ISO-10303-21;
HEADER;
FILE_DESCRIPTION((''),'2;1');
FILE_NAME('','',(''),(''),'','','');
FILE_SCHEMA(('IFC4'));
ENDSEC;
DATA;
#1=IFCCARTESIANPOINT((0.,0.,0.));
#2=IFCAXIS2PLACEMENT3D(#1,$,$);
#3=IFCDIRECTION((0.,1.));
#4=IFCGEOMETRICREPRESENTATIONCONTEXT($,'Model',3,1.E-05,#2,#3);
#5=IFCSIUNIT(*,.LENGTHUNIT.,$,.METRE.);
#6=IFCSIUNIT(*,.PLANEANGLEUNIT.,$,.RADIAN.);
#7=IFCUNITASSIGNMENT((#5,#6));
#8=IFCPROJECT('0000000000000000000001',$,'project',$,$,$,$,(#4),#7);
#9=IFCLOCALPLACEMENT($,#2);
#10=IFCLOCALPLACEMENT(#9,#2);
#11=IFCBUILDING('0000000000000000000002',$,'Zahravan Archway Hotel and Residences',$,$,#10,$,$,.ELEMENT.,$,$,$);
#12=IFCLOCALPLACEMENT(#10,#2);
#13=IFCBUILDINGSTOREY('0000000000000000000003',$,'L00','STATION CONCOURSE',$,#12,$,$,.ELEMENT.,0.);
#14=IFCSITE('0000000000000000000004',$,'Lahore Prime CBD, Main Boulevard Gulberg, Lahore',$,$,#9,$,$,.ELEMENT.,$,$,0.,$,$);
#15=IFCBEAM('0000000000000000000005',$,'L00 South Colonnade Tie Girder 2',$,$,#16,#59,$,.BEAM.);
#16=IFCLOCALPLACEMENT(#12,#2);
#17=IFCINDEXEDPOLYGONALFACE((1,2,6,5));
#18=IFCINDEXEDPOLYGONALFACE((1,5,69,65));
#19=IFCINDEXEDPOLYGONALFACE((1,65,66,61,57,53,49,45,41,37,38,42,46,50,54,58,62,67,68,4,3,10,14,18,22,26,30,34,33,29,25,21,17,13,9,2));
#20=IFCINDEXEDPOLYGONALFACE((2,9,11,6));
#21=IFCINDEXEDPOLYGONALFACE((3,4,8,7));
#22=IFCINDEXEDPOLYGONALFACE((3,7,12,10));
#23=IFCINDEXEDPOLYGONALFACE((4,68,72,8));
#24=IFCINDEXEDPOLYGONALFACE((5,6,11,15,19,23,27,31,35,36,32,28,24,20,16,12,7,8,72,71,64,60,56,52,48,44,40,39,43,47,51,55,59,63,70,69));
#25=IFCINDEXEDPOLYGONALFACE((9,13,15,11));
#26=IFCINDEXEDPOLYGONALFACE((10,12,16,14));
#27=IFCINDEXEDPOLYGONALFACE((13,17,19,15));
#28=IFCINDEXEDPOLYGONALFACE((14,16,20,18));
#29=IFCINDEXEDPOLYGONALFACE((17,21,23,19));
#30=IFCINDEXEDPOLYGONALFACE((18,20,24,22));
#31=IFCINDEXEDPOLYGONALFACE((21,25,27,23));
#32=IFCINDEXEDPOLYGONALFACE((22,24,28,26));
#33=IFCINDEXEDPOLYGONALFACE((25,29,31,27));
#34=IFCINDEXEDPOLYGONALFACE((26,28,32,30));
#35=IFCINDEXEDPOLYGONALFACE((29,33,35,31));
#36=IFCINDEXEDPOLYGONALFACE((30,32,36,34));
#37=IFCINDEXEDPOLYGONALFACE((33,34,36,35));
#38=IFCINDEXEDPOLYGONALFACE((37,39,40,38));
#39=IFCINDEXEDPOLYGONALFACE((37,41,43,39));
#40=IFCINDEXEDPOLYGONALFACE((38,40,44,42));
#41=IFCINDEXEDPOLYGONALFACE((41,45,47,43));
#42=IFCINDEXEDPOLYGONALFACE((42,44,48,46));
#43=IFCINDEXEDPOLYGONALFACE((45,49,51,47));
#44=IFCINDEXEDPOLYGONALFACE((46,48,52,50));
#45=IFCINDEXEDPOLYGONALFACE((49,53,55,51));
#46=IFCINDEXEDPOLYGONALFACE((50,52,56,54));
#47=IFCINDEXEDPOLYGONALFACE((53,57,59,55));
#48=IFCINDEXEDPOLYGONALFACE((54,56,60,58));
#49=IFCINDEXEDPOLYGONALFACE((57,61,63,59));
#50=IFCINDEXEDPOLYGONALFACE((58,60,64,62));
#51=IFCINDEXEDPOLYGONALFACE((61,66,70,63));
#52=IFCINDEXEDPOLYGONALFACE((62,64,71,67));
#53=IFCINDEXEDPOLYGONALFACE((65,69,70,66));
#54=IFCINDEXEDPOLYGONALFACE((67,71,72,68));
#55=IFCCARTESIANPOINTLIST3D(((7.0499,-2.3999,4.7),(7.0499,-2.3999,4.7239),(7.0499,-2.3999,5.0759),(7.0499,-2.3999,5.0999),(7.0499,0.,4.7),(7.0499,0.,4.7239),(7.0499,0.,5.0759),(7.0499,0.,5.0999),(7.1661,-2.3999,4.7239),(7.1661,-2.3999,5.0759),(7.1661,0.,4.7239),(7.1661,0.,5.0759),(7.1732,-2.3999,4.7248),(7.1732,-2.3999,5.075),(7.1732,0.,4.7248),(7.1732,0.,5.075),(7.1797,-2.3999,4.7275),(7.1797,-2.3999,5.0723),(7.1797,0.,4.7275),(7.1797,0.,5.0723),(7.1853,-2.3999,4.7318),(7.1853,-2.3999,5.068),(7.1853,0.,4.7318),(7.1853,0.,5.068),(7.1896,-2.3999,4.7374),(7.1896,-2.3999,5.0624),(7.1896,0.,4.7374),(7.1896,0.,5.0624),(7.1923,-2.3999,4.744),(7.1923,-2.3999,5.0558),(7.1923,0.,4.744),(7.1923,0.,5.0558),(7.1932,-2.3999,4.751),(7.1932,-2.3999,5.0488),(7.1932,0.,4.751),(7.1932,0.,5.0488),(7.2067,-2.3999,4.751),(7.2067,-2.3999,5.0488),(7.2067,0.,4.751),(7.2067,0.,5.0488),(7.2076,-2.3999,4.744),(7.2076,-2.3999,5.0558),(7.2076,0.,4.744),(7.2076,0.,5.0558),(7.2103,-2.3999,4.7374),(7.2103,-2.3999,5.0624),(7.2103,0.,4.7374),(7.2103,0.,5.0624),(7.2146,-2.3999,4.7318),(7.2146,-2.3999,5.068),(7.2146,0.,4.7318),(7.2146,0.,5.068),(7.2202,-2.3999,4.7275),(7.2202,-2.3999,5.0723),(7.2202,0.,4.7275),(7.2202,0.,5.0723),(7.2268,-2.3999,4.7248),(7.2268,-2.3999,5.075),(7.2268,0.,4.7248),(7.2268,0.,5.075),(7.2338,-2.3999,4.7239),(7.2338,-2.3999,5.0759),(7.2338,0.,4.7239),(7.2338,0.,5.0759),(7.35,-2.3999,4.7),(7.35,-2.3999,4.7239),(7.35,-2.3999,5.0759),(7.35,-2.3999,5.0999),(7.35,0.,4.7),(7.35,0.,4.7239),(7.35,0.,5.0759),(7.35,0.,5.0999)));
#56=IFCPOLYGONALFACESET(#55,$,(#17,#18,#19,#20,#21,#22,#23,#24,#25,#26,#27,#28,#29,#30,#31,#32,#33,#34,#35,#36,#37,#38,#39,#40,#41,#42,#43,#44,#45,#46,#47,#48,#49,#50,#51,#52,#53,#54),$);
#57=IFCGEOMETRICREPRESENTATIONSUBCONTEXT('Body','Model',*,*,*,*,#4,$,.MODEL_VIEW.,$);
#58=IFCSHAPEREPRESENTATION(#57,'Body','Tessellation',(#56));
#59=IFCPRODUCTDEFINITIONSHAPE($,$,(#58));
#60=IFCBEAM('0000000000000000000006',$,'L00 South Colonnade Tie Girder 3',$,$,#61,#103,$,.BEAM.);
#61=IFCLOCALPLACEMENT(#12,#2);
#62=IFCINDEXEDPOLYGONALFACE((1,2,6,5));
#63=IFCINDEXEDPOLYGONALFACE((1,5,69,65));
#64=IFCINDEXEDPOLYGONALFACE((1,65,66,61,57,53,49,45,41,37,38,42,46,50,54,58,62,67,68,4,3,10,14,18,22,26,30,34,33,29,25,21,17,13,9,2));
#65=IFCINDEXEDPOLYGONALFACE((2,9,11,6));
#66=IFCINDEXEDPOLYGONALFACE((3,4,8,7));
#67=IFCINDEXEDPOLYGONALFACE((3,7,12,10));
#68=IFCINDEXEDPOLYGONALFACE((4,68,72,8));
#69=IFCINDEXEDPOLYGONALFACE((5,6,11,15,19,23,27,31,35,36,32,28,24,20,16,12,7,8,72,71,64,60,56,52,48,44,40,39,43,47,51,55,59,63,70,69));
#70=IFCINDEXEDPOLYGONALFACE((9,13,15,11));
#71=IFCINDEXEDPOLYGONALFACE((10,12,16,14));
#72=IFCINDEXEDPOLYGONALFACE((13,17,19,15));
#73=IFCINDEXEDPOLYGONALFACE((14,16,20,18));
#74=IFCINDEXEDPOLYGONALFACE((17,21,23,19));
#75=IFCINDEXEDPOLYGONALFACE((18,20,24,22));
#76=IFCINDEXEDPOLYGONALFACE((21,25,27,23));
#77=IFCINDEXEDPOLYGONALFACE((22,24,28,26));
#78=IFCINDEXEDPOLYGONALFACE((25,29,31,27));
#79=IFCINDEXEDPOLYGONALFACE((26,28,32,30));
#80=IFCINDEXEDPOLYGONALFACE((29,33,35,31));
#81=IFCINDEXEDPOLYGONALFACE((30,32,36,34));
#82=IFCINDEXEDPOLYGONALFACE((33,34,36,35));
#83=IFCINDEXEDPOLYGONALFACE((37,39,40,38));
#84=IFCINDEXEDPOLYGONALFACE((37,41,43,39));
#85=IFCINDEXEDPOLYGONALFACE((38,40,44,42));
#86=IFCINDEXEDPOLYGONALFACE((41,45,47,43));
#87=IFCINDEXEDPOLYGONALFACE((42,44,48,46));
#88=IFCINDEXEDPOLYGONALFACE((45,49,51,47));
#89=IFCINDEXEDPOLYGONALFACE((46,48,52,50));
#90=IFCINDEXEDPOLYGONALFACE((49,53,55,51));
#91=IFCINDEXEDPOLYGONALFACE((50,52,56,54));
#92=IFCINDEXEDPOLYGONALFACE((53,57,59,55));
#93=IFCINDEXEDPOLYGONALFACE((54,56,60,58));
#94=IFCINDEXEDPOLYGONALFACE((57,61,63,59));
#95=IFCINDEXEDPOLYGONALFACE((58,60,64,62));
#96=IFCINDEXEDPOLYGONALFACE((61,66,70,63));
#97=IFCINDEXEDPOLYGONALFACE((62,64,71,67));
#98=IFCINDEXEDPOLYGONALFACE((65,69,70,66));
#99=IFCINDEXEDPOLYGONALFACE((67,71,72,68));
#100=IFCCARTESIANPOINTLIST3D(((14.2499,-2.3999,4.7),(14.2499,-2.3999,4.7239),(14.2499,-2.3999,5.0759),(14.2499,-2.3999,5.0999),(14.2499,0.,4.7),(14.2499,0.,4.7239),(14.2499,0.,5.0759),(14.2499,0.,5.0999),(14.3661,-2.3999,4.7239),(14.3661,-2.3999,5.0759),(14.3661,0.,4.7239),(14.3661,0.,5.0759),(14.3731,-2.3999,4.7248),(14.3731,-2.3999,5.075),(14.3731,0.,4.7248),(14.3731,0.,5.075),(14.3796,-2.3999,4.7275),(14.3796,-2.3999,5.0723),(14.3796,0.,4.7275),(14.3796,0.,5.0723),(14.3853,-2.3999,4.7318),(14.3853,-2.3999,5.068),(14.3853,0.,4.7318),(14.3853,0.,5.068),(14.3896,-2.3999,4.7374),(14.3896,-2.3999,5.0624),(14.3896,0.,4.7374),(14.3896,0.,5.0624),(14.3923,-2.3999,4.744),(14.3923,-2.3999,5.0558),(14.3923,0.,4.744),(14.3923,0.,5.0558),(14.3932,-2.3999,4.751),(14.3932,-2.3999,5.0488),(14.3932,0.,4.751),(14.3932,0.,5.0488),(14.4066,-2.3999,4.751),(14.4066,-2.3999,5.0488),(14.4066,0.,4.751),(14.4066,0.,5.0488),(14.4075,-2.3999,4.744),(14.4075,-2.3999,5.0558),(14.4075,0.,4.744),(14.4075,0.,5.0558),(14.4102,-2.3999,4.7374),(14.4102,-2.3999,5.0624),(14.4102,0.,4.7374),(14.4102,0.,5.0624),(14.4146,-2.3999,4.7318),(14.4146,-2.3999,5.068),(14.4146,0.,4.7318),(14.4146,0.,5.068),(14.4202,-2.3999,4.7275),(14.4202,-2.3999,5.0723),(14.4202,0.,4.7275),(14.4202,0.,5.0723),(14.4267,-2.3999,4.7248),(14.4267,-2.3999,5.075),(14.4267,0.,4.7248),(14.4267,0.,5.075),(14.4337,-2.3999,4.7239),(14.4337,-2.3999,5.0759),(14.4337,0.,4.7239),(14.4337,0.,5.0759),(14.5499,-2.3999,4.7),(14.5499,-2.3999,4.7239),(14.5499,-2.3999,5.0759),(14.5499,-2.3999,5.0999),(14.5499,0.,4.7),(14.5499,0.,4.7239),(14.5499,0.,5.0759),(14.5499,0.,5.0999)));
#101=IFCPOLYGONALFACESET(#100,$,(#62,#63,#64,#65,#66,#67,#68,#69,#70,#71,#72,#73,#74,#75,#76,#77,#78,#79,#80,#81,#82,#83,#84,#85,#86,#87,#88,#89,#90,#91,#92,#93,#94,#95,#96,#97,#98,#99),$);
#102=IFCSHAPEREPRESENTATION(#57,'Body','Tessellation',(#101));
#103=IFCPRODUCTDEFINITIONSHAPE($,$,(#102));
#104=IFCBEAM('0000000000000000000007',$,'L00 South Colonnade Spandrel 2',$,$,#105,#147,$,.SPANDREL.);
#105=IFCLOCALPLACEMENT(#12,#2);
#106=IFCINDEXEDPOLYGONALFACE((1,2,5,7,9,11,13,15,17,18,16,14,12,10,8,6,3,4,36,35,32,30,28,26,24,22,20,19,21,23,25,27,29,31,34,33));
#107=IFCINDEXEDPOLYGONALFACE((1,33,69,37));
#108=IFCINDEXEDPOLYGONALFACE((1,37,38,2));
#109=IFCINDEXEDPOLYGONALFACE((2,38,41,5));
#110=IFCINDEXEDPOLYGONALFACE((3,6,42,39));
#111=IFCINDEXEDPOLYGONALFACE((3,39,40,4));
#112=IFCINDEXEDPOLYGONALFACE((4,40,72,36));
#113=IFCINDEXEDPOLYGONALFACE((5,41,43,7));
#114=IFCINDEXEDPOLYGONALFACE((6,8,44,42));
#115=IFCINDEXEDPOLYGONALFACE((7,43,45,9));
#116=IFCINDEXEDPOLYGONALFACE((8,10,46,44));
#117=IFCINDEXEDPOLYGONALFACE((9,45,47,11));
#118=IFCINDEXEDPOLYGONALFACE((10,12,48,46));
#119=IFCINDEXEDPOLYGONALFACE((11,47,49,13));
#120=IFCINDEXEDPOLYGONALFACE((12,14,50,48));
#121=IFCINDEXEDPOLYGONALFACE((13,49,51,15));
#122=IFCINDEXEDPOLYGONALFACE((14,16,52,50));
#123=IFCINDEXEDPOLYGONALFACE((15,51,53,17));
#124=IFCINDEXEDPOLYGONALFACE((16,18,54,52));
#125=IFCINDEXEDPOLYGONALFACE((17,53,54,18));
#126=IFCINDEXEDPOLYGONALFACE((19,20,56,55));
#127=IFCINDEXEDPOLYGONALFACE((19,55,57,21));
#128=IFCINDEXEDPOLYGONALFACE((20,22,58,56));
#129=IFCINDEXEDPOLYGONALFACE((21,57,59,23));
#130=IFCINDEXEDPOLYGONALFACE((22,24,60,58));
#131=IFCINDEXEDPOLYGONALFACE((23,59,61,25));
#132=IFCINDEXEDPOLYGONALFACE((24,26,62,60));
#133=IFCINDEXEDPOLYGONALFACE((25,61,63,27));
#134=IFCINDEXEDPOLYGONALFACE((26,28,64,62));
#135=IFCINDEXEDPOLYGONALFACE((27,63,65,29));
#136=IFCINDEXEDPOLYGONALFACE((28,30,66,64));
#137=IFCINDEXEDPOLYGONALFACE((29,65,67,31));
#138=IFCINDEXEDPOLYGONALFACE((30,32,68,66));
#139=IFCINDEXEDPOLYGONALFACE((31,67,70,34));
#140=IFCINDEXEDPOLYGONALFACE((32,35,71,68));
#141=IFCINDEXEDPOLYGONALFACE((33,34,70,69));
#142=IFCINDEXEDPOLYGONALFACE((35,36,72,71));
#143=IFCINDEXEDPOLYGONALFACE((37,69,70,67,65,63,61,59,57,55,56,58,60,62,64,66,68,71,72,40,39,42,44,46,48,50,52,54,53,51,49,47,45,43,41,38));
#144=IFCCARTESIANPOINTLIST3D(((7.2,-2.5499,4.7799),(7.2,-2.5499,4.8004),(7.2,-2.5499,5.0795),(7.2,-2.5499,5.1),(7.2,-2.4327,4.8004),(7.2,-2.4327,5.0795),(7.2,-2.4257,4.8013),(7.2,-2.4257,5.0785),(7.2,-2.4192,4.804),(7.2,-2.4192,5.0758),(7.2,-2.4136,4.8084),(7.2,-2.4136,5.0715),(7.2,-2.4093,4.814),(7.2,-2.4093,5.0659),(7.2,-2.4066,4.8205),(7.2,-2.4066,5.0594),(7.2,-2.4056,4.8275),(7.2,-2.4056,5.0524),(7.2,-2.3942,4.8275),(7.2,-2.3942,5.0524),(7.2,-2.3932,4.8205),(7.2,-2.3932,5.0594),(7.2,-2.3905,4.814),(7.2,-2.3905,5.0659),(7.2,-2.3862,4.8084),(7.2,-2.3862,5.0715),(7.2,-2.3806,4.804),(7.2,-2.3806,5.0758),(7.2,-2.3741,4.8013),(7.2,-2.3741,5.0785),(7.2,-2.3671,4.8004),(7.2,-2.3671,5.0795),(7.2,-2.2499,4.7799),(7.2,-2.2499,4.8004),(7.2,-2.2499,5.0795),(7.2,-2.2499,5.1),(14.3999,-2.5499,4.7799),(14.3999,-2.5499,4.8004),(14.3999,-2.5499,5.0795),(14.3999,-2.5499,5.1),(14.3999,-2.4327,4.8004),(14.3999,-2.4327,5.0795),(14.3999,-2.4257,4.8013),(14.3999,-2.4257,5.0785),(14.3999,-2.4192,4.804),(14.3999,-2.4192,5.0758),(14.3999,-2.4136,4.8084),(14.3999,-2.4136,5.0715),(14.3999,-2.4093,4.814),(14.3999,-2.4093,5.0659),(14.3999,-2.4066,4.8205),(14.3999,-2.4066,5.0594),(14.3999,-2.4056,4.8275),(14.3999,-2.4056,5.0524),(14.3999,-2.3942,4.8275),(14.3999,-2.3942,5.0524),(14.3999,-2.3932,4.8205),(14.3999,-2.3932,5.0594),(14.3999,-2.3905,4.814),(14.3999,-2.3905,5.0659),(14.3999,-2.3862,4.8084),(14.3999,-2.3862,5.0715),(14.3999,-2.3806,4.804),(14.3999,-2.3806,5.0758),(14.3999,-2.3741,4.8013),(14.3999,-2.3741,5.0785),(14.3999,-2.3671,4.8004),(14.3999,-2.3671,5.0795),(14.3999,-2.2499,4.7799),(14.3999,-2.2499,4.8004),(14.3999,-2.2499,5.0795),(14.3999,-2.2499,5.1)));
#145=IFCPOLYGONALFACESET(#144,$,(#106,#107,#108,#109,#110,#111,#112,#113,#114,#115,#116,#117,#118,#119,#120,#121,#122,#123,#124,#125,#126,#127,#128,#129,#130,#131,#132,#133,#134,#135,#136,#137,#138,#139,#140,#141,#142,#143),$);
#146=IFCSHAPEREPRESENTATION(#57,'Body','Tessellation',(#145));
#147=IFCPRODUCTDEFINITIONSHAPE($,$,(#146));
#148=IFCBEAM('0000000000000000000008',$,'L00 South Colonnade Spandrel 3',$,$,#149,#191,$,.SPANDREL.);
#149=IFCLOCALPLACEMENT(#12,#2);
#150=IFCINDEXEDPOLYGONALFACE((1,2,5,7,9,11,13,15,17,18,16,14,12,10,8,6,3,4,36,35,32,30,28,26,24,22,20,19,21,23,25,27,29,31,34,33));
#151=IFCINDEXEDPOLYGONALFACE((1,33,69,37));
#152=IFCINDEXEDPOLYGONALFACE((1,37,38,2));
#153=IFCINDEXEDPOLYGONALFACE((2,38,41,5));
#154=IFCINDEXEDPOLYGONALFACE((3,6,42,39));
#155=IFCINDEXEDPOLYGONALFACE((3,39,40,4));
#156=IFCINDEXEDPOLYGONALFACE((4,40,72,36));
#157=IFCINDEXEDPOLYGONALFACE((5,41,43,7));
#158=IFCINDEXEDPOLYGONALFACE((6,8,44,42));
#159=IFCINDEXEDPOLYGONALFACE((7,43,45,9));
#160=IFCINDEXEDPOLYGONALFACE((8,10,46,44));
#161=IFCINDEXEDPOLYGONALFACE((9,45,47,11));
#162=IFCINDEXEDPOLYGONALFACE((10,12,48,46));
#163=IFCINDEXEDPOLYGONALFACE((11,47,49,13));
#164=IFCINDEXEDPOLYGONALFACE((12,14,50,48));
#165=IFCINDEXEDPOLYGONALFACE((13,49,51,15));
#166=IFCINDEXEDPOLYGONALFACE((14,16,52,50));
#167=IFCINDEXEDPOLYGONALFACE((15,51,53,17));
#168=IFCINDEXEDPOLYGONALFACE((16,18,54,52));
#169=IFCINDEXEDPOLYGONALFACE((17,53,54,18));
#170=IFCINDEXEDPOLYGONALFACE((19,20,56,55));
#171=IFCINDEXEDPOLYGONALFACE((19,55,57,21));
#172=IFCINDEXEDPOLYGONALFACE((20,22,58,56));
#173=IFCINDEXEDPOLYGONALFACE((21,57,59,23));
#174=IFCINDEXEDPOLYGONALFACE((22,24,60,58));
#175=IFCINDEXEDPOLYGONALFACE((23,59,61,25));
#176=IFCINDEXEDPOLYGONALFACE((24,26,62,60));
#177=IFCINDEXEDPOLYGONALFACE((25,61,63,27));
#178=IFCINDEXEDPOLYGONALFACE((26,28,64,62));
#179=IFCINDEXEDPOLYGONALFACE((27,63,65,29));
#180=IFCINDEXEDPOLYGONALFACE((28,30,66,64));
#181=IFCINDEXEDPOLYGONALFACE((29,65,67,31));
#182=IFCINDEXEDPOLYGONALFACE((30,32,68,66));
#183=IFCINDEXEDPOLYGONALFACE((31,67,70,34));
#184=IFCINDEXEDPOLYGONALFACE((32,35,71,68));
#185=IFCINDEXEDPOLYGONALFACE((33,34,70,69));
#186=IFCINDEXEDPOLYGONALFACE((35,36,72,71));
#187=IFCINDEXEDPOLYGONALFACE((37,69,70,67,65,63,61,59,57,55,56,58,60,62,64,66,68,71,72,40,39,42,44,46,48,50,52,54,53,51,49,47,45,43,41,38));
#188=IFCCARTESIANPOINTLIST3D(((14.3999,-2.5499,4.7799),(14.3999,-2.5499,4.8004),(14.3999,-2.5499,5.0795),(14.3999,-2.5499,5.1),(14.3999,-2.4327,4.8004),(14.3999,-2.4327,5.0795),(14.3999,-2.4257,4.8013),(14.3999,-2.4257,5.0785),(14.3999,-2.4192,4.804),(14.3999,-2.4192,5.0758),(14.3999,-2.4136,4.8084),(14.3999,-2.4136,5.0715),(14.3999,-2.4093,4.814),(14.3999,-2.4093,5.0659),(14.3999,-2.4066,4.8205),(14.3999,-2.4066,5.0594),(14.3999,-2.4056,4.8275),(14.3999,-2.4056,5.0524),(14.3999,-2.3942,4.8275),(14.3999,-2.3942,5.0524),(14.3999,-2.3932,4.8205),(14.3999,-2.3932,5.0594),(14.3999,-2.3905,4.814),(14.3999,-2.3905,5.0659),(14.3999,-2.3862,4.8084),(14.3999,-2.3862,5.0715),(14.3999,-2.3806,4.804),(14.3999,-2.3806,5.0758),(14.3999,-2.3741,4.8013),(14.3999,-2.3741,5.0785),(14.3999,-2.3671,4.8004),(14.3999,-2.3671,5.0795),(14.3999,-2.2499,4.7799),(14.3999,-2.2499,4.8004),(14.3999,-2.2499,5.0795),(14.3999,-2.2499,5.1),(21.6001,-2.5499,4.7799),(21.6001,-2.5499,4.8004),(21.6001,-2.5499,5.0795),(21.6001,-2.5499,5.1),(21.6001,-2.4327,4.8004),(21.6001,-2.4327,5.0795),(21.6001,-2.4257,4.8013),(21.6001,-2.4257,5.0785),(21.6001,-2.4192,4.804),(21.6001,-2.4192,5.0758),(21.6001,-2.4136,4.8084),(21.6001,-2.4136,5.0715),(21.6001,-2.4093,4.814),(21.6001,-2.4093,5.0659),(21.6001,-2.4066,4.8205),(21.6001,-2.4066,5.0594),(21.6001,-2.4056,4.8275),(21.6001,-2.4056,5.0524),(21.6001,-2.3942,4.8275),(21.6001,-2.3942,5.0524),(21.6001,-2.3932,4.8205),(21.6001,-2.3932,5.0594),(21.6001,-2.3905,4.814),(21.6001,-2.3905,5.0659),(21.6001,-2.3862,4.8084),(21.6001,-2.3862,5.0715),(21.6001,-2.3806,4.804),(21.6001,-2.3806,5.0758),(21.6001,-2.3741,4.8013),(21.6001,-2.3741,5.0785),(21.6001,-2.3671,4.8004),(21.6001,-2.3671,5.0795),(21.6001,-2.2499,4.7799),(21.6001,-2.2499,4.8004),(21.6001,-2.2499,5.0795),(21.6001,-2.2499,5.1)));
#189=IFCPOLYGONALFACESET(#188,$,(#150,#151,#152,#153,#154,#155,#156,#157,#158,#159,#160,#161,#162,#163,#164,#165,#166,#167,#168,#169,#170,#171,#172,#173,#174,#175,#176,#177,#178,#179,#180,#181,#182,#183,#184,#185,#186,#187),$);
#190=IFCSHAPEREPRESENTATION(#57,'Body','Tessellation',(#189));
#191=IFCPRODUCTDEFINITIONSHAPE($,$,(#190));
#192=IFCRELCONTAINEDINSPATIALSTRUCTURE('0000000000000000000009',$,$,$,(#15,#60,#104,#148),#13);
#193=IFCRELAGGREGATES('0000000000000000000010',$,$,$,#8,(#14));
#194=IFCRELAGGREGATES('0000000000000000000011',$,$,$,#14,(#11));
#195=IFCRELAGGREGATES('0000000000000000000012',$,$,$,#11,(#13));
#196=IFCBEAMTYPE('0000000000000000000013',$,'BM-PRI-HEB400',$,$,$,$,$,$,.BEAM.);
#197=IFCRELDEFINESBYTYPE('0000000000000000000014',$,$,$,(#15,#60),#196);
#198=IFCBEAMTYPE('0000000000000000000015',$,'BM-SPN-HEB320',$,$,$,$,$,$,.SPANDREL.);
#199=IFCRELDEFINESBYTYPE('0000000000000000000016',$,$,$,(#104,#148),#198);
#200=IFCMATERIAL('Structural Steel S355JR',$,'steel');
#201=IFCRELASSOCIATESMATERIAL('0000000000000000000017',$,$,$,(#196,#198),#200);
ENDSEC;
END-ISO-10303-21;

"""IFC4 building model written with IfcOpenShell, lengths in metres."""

from ifc_helpers import new_model, si_unit, direction, frame, origin, origin_2d, place, context, subcontext, project, spatial, i_section, extrude, source, transform, mapped, material, material_profile, profile_set, type_object, type_shapes, element, save


model = new_model("IFC4")

# Units and contexts
model_context = context("Model", 3, precision=1e-05, world=origin(), true_north=direction((0.0, 1.0)))
body_context = subcontext(model_context, "Body", "Model", "MODEL_VIEW")
ifc_project = project(units=[si_unit("LENGTHUNIT", "METRE"), si_unit("PLANEANGLEUNIT", "RADIAN")], contexts=[model_context])

# Site, building, storey
site_placement = place(None, origin())
site = spatial("IfcSite", under=ifc_project, at=site_placement, Name="Lahore Prime CBD, Main Boulevard Gulberg, Lahore", CompositionType="ELEMENT", RefElevation=0.0)
building_placement = place(site_placement, origin())
building = spatial("IfcBuilding", under=site, at=building_placement, Name="Zahravan Archway Hotel and Residences", CompositionType="ELEMENT")
storey_placement = place(building_placement, origin())
storey = spatial("IfcBuildingStorey", under=building, at=storey_placement, Name="L00", Description="STATION CONCOURSE", CompositionType="ELEMENT", Elevation=0.0)

# Beams
ifc_material_1 = material(Name="Structural Steel S355JR", Category="steel")
ifc_material_profile_1 = material_profile(ifc_material_1, i_section(OverallWidth=0.3, OverallDepth=0.3999, WebThickness=0.0134, FlangeThickness=0.0239, FilletRadius=0.0271, at=origin_2d()), Name="HEB 400", Category="steel")
ifc_profile_set_1 = profile_set([ifc_material_profile_1], Name="Structural Steel S355JR")
beam_type_1 = type_object("IfcBeamType", Name="BM-PRI-HEB400", PredefinedType="BEAM", material=ifc_profile_set_1)
shared_shape_1 = source(origin(), body_context, "Body", "SweptSolid", [
    extrude(i_section(OverallWidth=0.3, OverallDepth=0.3999, WebThickness=0.0134, FlangeThickness=0.0239, FilletRadius=0.0271, at=origin_2d()), origin(), (0.0, 0.0, 1.0), 2.3999),
])
for number, where, z_axis, x_axis, name in (
    (1, (7.2, -2.3999, 4.8999), (0.0, 1.0, 0.0), (-1.0, 0.0, 0.0), "L00 South Colonnade Tie Girder 2"),
    (2, (14.3999, -2.3999, 4.8999), (0.0, 1.0, 0.0), (-1.0, 0.0, 0.0), "L00 South Colonnade Tie Girder 3"),
):
    element("IfcBeam", number, at=place(storey_placement, frame(where, z_axis=z_axis, x_axis=x_axis)), inside=storey, type_object=beam_type_1, Name=name, PredefinedType="BEAM", context=body_context, shape_type="MappedRepresentation", body=[
        mapped(shared_shape_1, transform((0.0, 0.0, 0.0), scale=1.0)),
    ])
ifc_material_profile_2 = material_profile(ifc_material_1, i_section(OverallWidth=0.3, OverallDepth=0.3201, WebThickness=0.0115, FlangeThickness=0.0205, FilletRadius=0.0271, at=origin_2d()), Name="HEB 320", Category="steel")
ifc_profile_set_2 = profile_set([ifc_material_profile_2], Name="Structural Steel S355JR")
beam_type_2 = type_object("IfcBeamType", Name="BM-SPN-HEB320", PredefinedType="SPANDREL", material=ifc_profile_set_2)
shared_shape_2 = source(origin(), body_context, "Body", "SweptSolid", [
    extrude(i_section(OverallWidth=0.3, OverallDepth=0.3201, WebThickness=0.0115, FlangeThickness=0.0205, FilletRadius=0.0271, at=origin_2d()), origin(), (0.0, 0.0, 1.0), 7.2),
])
type_shapes(beam_type_2, [shared_shape_2])
beam_1_placement = place(storey_placement, frame((7.2, -2.3999, 4.9399), z_axis=(1.0, 0.0, 0.0), x_axis=(0.0, 1.0, 0.0)))
element("IfcBeam", 3, at=beam_1_placement, inside=storey, type_object=beam_type_2, Name="L00 South Colonnade Spandrel 2", PredefinedType="SPANDREL", context=body_context, shape_type="MappedRepresentation", body=[
    mapped(shared_shape_2, transform((0.0, 0.0, 0.0), scale=1.0)),
])
shared_shape_3 = source(origin(), body_context, "Body", "SweptSolid", [
    extrude(i_section(OverallWidth=0.3, OverallDepth=0.3201, WebThickness=0.0115, FlangeThickness=0.0205, FilletRadius=0.0271, at=origin_2d()), origin(), (0.0, 0.0, 1.0), 7.2002),
])
beam_2_placement = place(storey_placement, frame((14.3999, -2.3999, 4.9399), z_axis=(1.0, 0.0, 0.0), x_axis=(0.0, 1.0, 0.0)))
element("IfcBeam", 4, at=beam_2_placement, inside=storey, type_object=beam_type_2, Name="L00 South Colonnade Spandrel 3", PredefinedType="SPANDREL", context=body_context, shape_type="MappedRepresentation", body=[
    mapped(shared_shape_3, transform((0.0, 0.0, 0.0), scale=1.0)),
])

save(model, "model.ifc")
